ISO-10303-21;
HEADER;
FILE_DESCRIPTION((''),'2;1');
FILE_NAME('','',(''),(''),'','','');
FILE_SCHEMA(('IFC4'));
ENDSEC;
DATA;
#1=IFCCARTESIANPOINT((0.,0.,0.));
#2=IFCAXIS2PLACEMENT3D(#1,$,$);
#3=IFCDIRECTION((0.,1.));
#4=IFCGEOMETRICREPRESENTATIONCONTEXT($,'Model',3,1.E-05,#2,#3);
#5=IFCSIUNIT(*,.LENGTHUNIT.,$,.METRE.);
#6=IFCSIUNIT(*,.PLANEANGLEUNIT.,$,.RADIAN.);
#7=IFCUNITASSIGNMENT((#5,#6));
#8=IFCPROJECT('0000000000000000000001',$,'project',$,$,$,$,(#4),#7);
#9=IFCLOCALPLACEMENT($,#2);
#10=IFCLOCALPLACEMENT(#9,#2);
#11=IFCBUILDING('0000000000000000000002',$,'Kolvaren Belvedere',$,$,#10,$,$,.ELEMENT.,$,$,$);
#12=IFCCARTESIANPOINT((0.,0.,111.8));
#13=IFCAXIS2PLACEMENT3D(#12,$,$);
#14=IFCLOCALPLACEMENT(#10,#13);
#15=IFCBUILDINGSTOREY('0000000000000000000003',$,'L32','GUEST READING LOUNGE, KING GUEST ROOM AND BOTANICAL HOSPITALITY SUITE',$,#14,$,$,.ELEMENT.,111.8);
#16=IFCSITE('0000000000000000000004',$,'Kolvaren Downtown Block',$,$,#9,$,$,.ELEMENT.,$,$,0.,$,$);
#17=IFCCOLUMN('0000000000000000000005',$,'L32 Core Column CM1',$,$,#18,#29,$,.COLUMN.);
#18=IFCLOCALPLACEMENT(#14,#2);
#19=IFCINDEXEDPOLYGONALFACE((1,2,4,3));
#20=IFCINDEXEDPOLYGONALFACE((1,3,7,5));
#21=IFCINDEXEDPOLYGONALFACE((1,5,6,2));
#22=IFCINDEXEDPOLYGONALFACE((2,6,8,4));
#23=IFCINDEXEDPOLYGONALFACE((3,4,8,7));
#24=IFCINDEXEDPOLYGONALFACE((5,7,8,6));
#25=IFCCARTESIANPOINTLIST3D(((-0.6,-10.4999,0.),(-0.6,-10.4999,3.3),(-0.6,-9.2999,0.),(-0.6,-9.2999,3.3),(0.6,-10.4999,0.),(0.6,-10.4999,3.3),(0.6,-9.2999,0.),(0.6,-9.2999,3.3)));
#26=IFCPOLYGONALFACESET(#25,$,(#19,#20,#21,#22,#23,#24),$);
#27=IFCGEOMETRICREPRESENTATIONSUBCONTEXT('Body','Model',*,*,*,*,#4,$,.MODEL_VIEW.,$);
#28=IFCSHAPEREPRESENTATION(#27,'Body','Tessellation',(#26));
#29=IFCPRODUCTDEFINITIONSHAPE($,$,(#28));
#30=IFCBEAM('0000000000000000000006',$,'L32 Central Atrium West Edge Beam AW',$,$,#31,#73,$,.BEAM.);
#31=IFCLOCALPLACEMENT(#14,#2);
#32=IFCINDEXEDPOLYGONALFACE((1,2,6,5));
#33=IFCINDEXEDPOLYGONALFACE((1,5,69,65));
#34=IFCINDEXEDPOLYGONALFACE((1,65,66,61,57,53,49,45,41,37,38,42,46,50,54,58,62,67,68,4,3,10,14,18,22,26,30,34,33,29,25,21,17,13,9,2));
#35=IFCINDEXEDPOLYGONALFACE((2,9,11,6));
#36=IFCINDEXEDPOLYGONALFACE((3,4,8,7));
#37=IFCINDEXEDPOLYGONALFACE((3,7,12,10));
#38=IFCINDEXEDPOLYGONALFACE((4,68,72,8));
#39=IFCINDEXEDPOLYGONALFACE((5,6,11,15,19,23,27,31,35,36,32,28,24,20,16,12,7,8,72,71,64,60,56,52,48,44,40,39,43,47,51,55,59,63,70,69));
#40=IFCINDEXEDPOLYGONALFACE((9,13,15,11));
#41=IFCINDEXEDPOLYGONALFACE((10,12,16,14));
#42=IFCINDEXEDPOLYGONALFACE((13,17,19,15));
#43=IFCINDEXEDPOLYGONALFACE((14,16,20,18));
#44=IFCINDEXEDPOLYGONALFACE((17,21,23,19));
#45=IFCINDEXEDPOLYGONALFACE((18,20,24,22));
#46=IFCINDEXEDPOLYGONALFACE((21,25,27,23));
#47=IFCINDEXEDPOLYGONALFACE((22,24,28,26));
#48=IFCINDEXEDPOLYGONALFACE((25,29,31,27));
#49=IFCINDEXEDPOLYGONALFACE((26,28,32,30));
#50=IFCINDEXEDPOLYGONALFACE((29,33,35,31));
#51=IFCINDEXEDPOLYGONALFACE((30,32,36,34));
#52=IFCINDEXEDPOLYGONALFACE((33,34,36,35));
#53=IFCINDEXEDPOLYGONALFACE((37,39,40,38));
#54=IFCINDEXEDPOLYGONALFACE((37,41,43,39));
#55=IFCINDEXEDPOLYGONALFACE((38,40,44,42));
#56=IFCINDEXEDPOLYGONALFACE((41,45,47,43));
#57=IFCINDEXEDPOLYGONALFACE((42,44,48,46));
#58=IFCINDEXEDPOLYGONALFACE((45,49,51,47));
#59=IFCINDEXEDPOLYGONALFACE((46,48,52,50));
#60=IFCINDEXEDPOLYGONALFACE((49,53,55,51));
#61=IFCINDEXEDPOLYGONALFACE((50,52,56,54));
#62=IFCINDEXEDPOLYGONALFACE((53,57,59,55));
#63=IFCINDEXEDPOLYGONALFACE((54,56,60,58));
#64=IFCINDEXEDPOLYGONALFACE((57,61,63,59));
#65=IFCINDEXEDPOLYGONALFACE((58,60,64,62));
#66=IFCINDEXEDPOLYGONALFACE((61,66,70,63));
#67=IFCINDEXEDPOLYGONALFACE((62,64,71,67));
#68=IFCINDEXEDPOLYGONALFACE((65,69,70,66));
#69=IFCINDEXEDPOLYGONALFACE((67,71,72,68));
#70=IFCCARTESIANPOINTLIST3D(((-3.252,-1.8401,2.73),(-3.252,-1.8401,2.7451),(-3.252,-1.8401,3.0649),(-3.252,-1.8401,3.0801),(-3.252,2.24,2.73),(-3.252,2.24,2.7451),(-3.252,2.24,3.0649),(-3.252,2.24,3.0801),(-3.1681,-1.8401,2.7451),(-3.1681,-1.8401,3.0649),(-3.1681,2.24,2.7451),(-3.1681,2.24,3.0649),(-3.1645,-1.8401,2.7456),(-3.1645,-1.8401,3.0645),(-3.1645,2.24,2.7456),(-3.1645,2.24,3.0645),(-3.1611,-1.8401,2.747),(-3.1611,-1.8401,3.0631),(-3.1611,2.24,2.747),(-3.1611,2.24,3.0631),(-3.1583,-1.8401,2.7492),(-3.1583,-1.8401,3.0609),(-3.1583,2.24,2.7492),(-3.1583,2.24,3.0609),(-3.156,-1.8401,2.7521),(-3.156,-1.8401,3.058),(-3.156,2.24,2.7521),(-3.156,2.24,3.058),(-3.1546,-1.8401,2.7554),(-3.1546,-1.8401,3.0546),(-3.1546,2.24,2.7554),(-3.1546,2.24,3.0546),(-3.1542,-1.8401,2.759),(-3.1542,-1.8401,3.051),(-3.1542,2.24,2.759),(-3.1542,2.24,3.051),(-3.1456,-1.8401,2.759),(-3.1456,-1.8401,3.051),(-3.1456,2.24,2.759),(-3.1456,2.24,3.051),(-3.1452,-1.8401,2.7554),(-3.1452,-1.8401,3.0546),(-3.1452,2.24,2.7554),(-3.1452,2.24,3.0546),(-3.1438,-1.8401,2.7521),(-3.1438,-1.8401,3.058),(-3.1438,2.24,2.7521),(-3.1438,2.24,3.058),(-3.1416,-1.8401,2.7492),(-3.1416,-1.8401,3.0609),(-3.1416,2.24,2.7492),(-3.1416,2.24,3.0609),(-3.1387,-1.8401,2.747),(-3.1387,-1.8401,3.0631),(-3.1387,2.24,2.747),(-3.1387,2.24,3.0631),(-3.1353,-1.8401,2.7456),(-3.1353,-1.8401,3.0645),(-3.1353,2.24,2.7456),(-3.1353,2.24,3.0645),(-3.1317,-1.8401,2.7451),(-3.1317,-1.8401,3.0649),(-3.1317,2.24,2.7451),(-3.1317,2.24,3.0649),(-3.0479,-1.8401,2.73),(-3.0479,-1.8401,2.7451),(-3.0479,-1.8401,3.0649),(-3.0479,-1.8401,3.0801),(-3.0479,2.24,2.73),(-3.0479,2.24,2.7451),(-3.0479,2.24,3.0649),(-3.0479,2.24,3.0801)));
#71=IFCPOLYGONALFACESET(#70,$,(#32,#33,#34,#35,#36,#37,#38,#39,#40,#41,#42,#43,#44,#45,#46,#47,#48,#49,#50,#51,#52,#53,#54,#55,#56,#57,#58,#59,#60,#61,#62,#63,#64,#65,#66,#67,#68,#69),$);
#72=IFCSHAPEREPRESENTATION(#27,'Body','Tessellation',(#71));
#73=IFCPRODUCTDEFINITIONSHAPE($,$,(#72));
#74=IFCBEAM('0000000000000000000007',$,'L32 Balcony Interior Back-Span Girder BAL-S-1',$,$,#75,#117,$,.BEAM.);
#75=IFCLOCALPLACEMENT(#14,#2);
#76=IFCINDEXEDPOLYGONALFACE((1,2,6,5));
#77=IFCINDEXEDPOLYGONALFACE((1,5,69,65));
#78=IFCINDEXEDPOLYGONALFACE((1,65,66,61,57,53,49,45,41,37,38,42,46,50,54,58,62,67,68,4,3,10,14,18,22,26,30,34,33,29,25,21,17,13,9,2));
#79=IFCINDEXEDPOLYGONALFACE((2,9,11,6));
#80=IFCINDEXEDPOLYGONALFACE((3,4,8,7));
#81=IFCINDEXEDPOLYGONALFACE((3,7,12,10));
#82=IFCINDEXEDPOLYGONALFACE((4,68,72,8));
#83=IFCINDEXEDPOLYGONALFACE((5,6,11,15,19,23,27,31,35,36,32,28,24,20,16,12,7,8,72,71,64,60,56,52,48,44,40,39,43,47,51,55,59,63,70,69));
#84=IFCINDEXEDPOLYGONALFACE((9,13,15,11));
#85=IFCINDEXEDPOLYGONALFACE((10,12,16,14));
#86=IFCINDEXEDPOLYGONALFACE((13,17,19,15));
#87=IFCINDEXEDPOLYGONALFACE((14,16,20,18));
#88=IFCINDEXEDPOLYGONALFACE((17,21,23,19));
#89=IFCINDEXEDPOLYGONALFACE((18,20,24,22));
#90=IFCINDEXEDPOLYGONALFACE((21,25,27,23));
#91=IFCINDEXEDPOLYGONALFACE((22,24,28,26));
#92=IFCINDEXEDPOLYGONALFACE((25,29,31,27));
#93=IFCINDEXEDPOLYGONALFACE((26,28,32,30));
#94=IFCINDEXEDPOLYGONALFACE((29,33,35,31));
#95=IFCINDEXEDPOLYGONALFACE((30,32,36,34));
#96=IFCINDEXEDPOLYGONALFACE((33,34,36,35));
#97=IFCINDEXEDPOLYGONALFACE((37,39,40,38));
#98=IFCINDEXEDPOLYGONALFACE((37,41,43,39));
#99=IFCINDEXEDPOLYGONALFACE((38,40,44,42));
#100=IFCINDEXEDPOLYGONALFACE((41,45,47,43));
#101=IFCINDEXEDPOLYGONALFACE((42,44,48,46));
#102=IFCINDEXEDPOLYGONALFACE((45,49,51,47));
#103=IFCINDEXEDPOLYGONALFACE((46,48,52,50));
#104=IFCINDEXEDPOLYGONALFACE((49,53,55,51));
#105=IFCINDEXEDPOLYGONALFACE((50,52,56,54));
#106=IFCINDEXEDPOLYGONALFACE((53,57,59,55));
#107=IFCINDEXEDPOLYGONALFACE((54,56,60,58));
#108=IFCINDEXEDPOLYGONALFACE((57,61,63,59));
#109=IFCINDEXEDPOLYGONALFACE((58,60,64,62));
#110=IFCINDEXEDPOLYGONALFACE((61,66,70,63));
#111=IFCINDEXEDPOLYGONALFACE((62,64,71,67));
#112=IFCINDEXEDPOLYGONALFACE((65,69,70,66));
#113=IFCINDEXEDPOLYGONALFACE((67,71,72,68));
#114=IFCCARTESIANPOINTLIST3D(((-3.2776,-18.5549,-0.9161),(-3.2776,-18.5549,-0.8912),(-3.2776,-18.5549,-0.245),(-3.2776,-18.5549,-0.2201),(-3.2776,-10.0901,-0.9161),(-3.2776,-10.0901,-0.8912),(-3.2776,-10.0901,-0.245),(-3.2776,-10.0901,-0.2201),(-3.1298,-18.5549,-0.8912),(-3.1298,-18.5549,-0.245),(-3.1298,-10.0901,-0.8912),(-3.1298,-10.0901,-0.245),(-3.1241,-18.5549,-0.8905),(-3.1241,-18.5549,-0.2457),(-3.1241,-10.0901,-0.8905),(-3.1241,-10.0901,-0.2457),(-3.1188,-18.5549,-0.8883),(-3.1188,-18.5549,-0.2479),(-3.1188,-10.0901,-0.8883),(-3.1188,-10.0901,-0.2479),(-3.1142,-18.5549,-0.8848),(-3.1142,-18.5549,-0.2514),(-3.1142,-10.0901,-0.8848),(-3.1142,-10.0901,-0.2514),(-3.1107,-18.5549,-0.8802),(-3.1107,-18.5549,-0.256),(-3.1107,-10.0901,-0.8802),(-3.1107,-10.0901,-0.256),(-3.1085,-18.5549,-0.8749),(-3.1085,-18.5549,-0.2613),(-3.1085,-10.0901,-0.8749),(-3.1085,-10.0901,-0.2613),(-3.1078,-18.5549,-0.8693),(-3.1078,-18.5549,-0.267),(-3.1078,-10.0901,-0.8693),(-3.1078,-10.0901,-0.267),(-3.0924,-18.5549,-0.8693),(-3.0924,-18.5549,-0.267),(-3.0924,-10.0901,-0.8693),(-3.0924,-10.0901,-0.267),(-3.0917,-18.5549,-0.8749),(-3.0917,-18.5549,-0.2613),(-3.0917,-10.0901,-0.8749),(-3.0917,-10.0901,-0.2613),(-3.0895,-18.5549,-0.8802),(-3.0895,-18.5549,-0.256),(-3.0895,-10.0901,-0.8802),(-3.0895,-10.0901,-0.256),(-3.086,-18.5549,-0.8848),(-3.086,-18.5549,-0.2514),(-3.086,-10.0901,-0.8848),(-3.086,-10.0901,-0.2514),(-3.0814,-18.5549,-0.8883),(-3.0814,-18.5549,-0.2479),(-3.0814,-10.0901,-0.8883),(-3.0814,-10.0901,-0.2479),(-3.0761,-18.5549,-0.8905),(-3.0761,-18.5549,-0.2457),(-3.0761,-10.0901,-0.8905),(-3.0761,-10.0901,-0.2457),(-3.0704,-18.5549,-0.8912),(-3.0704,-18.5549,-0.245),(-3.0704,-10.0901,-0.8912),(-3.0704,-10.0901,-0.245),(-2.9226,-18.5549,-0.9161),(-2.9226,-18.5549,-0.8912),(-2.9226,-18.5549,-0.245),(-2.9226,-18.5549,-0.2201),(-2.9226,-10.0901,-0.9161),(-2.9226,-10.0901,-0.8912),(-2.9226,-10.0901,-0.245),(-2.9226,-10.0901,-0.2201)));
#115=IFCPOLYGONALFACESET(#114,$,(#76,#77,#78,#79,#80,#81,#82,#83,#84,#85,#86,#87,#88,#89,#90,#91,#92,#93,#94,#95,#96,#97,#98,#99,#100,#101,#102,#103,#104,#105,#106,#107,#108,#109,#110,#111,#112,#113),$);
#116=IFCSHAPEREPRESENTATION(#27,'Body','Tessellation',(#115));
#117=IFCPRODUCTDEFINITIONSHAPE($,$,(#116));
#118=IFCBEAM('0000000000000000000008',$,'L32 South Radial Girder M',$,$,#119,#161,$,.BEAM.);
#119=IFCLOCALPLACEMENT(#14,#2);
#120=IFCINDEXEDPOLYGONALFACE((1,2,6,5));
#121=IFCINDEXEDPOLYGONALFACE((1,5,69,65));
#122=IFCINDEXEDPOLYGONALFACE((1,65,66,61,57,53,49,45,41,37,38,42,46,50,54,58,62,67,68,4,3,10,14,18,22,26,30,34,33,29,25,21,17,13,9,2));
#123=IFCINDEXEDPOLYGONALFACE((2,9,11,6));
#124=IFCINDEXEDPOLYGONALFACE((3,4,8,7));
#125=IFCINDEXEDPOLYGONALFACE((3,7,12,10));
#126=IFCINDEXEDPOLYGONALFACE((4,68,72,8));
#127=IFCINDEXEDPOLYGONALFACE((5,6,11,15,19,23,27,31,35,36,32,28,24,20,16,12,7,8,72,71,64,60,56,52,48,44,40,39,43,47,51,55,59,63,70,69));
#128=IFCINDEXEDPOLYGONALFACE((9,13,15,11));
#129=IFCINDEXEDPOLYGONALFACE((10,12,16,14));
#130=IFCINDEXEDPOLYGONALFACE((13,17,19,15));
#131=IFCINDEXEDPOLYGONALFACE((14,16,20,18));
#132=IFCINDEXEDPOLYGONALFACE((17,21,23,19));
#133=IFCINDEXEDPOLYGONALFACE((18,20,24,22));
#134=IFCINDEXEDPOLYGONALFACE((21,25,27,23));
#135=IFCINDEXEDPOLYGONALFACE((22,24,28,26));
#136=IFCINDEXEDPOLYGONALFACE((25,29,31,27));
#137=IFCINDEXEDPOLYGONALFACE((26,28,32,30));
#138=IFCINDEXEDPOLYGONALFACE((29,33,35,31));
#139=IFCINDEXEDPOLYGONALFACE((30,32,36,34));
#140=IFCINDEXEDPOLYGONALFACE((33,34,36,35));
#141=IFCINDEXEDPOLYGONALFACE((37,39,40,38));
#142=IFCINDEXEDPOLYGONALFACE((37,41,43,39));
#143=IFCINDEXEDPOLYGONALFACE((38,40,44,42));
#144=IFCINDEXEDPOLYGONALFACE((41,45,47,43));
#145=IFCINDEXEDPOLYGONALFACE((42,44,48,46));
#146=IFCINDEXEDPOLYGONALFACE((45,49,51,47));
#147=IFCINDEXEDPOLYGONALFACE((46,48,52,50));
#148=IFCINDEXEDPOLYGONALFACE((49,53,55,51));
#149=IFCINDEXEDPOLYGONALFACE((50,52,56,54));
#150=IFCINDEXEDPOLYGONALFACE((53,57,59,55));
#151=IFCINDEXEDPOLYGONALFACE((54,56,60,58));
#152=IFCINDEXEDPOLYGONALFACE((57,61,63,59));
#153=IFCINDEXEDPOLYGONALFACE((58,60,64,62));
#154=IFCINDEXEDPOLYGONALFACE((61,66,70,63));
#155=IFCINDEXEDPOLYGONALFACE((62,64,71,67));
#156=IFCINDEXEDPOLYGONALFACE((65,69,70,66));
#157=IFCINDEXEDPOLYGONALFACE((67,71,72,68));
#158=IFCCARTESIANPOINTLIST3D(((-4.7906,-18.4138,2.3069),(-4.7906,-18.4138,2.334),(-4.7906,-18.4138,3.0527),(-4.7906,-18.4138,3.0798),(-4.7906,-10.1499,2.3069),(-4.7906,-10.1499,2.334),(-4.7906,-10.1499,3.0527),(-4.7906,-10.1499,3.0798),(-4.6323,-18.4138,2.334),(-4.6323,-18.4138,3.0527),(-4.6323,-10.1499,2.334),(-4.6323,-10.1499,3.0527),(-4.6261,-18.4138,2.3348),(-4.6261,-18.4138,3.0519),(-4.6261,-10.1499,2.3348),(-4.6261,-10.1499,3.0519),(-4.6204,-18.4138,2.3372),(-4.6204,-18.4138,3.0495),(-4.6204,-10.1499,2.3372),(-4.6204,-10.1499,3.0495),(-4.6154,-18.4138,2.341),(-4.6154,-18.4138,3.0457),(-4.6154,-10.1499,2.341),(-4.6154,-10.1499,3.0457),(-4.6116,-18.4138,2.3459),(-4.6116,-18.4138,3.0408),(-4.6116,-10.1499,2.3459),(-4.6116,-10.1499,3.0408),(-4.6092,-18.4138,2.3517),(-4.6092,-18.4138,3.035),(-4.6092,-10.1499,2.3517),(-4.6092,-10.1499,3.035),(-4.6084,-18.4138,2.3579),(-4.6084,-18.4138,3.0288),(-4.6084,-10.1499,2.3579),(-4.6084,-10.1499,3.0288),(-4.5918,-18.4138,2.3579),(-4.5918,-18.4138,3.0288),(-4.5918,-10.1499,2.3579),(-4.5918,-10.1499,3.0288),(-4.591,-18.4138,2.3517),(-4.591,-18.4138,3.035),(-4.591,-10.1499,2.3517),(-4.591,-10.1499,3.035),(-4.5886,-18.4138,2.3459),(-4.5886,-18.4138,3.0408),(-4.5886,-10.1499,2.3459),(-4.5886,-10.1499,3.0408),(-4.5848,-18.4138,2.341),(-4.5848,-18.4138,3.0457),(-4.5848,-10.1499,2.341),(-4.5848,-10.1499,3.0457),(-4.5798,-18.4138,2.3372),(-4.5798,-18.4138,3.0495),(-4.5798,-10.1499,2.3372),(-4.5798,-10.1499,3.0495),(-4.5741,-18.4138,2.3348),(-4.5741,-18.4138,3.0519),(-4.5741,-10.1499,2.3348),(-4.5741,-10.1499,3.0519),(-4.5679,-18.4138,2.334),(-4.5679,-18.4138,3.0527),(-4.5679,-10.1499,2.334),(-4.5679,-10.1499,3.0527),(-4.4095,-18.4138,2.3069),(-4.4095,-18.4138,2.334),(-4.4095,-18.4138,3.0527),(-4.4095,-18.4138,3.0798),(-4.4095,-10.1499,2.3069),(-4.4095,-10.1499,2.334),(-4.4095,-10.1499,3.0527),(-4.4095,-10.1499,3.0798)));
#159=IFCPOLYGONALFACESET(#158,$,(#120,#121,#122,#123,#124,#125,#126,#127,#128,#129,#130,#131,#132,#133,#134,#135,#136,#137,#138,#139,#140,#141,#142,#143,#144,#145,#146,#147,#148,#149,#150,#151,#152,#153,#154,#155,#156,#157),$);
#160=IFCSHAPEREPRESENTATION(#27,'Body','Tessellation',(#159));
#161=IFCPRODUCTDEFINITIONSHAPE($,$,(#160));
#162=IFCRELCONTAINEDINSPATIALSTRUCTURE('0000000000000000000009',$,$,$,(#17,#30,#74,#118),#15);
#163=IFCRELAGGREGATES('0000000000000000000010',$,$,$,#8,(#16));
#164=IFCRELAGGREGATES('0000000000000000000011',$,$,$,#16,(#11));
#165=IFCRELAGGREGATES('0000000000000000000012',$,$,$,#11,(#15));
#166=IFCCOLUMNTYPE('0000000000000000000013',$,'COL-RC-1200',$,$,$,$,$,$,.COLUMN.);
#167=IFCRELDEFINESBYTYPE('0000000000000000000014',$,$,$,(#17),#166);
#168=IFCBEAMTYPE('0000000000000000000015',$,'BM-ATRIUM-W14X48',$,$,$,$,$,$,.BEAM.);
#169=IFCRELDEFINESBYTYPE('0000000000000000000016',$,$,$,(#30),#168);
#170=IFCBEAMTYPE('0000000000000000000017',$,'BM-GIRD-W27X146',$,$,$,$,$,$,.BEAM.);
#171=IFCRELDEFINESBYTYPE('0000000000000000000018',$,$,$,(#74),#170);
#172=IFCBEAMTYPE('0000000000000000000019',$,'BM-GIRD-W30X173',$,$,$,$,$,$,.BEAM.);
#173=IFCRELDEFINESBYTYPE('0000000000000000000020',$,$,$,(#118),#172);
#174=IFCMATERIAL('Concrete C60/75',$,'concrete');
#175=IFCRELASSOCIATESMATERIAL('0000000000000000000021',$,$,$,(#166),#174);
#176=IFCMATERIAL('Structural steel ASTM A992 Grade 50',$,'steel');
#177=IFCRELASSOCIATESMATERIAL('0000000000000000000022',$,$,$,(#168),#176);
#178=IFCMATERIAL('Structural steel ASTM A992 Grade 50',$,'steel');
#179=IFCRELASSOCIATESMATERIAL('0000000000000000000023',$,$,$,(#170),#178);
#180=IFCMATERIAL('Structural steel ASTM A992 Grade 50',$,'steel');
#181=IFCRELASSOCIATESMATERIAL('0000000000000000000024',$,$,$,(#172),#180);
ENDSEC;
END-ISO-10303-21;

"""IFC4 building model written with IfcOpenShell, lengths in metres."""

from ifc_helpers import new_model, si_unit, direction, frame, origin, origin_2d, place, context, subcontext, project, spatial, rectangle, i_section, extrude, material, material_profile, profile_set, type_object, element, save


model = new_model("IFC4")

# Units and contexts
model_context = context("Model", 3, precision=1e-05, world=origin(), true_north=direction((0.0, 1.0)))
body_context = subcontext(model_context, "Body", "Model", "MODEL_VIEW")
ifc_project = project(units=[si_unit("LENGTHUNIT", "METRE"), si_unit("PLANEANGLEUNIT", "RADIAN")], contexts=[model_context])

# Site, building, storey
site_placement = place(None, origin())
site = spatial("IfcSite", under=ifc_project, at=site_placement, Name="Kolvaren Downtown Block", CompositionType="ELEMENT", RefElevation=0.0)
building_placement = place(site_placement, origin())
building = spatial("IfcBuilding", under=site, at=building_placement, Name="Kolvaren Belvedere", CompositionType="ELEMENT")
storey_placement = place(building_placement, frame((0.0, 0.0, 111.8)))
storey = spatial("IfcBuildingStorey", under=building, at=storey_placement, Name="L32", Description="GUEST READING LOUNGE, KING GUEST ROOM AND BOTANICAL HOSPITALITY SUITE", CompositionType="ELEMENT", Elevation=111.8)

# Column
ifc_material_1 = material(Name="Concrete C60/75", Category="concrete")
ifc_material_profile_1 = material_profile(ifc_material_1, rectangle(XDim=1.2, YDim=1.2, at=origin_2d()), Name="RC 1200X1200")
ifc_profile_set_1 = profile_set([ifc_material_profile_1], Name="Concrete C60/75")
column_type = type_object("IfcColumnType", Name="COL-RC-1200", PredefinedType="COLUMN", material=ifc_profile_set_1)
column_placement = place(storey_placement, frame((0.0, -9.8999, 0.0), z_axis=(0.0, 0.0, 1.0), x_axis=(1.0, 0.0, 0.0)))
element("IfcColumn", 1, at=column_placement, inside=storey, type_object=column_type, Name="L32 Core Column CM1", PredefinedType="COLUMN", context=body_context, shape_type="SweptSolid", body=[
    extrude(rectangle(XDim=1.2, YDim=1.2, at=origin_2d()), origin(), (0.0, 0.0, 1.0), 3.3),
])

# Beams
ifc_material_2 = material(Name="Structural steel ASTM A992 Grade 50", Category="steel")
ifc_material_profile_2 = material_profile(ifc_material_2, i_section(OverallWidth=0.2041, OverallDepth=0.3501, WebThickness=0.0085, FlangeThickness=0.0151, FilletRadius=0.0139, at=origin_2d()), Name="W14X48")
ifc_profile_set_2 = profile_set([ifc_material_profile_2], Name="Structural steel ASTM A992 Grade 50")
beam_type_1 = type_object("IfcBeamType", Name="BM-ATRIUM-W14X48", PredefinedType="BEAM", material=ifc_profile_set_2)
beam_1_placement = place(storey_placement, frame((-3.1499, -1.8401, 2.905), z_axis=(0.0, 1.0, 0.0), x_axis=(-1.0, 0.0, 0.0)))
element("IfcBeam", 2, at=beam_1_placement, inside=storey, type_object=beam_type_1, Name="L32 Central Atrium West Edge Beam AW", PredefinedType="BEAM", context=body_context, shape_type="SweptSolid", body=[
    extrude(i_section(OverallWidth=0.2041, OverallDepth=0.3501, WebThickness=0.0085, FlangeThickness=0.0151, FilletRadius=0.0139, at=origin_2d()), origin(), (0.0, 0.0, 1.0), 4.0801),
])
ifc_material_3 = material(Name="Structural steel ASTM A992 Grade 50", Category="steel")
ifc_material_profile_3 = material_profile(ifc_material_3, i_section(OverallWidth=0.355, OverallDepth=0.696, WebThickness=0.0154, FlangeThickness=0.0249, FilletRadius=0.022, at=origin_2d()), Name="W27X146")
ifc_profile_set_3 = profile_set([ifc_material_profile_3], Name="Structural steel ASTM A992 Grade 50")
beam_type_2 = type_object("IfcBeamType", Name="BM-GIRD-W27X146", PredefinedType="BEAM", material=ifc_profile_set_3)
beam_2_placement = place(storey_placement, frame((-3.1001, -10.0901, -0.5681), z_axis=(0.0, -1.0, 0.0), x_axis=(1.0, 0.0, 0.0)))
element("IfcBeam", 3, at=beam_2_placement, inside=storey, type_object=beam_type_2, Name="L32 Balcony Interior Back-Span Girder BAL-S-1", PredefinedType="BEAM", context=body_context, shape_type="SweptSolid", body=[
    extrude(i_section(OverallWidth=0.355, OverallDepth=0.696, WebThickness=0.0154, FlangeThickness=0.0249, FilletRadius=0.022, at=origin_2d()), origin(), (0.0, 0.0, 1.0), 8.4648),
])
ifc_material_4 = material(Name="Structural steel ASTM A992 Grade 50", Category="steel")
ifc_material_profile_4 = material_profile(ifc_material_4, i_section(OverallWidth=0.3811, OverallDepth=0.7729, WebThickness=0.0166, FlangeThickness=0.0271, FilletRadius=0.0239, at=origin_2d()), Name="W30X173")
ifc_profile_set_4 = profile_set([ifc_material_profile_4], Name="Structural steel ASTM A992 Grade 50")
beam_type_3 = type_object("IfcBeamType", Name="BM-GIRD-W30X173", PredefinedType="BEAM", material=ifc_profile_set_4)
beam_3_placement = place(storey_placement, frame((-4.6001, -10.1499, 2.6934), z_axis=(0.0, -1.0, 0.0), x_axis=(1.0, 0.0, 0.0)))
element("IfcBeam", 4, at=beam_3_placement, inside=storey, type_object=beam_type_3, Name="L32 South Radial Girder M", PredefinedType="BEAM", context=body_context, shape_type="SweptSolid", body=[
    extrude(i_section(OverallWidth=0.3811, OverallDepth=0.7729, WebThickness=0.0166, FlangeThickness=0.0271, FilletRadius=0.0239, at=origin_2d()), origin(), (0.0, 0.0, 1.0), 8.2639),
])

save(model, "model.ifc")
